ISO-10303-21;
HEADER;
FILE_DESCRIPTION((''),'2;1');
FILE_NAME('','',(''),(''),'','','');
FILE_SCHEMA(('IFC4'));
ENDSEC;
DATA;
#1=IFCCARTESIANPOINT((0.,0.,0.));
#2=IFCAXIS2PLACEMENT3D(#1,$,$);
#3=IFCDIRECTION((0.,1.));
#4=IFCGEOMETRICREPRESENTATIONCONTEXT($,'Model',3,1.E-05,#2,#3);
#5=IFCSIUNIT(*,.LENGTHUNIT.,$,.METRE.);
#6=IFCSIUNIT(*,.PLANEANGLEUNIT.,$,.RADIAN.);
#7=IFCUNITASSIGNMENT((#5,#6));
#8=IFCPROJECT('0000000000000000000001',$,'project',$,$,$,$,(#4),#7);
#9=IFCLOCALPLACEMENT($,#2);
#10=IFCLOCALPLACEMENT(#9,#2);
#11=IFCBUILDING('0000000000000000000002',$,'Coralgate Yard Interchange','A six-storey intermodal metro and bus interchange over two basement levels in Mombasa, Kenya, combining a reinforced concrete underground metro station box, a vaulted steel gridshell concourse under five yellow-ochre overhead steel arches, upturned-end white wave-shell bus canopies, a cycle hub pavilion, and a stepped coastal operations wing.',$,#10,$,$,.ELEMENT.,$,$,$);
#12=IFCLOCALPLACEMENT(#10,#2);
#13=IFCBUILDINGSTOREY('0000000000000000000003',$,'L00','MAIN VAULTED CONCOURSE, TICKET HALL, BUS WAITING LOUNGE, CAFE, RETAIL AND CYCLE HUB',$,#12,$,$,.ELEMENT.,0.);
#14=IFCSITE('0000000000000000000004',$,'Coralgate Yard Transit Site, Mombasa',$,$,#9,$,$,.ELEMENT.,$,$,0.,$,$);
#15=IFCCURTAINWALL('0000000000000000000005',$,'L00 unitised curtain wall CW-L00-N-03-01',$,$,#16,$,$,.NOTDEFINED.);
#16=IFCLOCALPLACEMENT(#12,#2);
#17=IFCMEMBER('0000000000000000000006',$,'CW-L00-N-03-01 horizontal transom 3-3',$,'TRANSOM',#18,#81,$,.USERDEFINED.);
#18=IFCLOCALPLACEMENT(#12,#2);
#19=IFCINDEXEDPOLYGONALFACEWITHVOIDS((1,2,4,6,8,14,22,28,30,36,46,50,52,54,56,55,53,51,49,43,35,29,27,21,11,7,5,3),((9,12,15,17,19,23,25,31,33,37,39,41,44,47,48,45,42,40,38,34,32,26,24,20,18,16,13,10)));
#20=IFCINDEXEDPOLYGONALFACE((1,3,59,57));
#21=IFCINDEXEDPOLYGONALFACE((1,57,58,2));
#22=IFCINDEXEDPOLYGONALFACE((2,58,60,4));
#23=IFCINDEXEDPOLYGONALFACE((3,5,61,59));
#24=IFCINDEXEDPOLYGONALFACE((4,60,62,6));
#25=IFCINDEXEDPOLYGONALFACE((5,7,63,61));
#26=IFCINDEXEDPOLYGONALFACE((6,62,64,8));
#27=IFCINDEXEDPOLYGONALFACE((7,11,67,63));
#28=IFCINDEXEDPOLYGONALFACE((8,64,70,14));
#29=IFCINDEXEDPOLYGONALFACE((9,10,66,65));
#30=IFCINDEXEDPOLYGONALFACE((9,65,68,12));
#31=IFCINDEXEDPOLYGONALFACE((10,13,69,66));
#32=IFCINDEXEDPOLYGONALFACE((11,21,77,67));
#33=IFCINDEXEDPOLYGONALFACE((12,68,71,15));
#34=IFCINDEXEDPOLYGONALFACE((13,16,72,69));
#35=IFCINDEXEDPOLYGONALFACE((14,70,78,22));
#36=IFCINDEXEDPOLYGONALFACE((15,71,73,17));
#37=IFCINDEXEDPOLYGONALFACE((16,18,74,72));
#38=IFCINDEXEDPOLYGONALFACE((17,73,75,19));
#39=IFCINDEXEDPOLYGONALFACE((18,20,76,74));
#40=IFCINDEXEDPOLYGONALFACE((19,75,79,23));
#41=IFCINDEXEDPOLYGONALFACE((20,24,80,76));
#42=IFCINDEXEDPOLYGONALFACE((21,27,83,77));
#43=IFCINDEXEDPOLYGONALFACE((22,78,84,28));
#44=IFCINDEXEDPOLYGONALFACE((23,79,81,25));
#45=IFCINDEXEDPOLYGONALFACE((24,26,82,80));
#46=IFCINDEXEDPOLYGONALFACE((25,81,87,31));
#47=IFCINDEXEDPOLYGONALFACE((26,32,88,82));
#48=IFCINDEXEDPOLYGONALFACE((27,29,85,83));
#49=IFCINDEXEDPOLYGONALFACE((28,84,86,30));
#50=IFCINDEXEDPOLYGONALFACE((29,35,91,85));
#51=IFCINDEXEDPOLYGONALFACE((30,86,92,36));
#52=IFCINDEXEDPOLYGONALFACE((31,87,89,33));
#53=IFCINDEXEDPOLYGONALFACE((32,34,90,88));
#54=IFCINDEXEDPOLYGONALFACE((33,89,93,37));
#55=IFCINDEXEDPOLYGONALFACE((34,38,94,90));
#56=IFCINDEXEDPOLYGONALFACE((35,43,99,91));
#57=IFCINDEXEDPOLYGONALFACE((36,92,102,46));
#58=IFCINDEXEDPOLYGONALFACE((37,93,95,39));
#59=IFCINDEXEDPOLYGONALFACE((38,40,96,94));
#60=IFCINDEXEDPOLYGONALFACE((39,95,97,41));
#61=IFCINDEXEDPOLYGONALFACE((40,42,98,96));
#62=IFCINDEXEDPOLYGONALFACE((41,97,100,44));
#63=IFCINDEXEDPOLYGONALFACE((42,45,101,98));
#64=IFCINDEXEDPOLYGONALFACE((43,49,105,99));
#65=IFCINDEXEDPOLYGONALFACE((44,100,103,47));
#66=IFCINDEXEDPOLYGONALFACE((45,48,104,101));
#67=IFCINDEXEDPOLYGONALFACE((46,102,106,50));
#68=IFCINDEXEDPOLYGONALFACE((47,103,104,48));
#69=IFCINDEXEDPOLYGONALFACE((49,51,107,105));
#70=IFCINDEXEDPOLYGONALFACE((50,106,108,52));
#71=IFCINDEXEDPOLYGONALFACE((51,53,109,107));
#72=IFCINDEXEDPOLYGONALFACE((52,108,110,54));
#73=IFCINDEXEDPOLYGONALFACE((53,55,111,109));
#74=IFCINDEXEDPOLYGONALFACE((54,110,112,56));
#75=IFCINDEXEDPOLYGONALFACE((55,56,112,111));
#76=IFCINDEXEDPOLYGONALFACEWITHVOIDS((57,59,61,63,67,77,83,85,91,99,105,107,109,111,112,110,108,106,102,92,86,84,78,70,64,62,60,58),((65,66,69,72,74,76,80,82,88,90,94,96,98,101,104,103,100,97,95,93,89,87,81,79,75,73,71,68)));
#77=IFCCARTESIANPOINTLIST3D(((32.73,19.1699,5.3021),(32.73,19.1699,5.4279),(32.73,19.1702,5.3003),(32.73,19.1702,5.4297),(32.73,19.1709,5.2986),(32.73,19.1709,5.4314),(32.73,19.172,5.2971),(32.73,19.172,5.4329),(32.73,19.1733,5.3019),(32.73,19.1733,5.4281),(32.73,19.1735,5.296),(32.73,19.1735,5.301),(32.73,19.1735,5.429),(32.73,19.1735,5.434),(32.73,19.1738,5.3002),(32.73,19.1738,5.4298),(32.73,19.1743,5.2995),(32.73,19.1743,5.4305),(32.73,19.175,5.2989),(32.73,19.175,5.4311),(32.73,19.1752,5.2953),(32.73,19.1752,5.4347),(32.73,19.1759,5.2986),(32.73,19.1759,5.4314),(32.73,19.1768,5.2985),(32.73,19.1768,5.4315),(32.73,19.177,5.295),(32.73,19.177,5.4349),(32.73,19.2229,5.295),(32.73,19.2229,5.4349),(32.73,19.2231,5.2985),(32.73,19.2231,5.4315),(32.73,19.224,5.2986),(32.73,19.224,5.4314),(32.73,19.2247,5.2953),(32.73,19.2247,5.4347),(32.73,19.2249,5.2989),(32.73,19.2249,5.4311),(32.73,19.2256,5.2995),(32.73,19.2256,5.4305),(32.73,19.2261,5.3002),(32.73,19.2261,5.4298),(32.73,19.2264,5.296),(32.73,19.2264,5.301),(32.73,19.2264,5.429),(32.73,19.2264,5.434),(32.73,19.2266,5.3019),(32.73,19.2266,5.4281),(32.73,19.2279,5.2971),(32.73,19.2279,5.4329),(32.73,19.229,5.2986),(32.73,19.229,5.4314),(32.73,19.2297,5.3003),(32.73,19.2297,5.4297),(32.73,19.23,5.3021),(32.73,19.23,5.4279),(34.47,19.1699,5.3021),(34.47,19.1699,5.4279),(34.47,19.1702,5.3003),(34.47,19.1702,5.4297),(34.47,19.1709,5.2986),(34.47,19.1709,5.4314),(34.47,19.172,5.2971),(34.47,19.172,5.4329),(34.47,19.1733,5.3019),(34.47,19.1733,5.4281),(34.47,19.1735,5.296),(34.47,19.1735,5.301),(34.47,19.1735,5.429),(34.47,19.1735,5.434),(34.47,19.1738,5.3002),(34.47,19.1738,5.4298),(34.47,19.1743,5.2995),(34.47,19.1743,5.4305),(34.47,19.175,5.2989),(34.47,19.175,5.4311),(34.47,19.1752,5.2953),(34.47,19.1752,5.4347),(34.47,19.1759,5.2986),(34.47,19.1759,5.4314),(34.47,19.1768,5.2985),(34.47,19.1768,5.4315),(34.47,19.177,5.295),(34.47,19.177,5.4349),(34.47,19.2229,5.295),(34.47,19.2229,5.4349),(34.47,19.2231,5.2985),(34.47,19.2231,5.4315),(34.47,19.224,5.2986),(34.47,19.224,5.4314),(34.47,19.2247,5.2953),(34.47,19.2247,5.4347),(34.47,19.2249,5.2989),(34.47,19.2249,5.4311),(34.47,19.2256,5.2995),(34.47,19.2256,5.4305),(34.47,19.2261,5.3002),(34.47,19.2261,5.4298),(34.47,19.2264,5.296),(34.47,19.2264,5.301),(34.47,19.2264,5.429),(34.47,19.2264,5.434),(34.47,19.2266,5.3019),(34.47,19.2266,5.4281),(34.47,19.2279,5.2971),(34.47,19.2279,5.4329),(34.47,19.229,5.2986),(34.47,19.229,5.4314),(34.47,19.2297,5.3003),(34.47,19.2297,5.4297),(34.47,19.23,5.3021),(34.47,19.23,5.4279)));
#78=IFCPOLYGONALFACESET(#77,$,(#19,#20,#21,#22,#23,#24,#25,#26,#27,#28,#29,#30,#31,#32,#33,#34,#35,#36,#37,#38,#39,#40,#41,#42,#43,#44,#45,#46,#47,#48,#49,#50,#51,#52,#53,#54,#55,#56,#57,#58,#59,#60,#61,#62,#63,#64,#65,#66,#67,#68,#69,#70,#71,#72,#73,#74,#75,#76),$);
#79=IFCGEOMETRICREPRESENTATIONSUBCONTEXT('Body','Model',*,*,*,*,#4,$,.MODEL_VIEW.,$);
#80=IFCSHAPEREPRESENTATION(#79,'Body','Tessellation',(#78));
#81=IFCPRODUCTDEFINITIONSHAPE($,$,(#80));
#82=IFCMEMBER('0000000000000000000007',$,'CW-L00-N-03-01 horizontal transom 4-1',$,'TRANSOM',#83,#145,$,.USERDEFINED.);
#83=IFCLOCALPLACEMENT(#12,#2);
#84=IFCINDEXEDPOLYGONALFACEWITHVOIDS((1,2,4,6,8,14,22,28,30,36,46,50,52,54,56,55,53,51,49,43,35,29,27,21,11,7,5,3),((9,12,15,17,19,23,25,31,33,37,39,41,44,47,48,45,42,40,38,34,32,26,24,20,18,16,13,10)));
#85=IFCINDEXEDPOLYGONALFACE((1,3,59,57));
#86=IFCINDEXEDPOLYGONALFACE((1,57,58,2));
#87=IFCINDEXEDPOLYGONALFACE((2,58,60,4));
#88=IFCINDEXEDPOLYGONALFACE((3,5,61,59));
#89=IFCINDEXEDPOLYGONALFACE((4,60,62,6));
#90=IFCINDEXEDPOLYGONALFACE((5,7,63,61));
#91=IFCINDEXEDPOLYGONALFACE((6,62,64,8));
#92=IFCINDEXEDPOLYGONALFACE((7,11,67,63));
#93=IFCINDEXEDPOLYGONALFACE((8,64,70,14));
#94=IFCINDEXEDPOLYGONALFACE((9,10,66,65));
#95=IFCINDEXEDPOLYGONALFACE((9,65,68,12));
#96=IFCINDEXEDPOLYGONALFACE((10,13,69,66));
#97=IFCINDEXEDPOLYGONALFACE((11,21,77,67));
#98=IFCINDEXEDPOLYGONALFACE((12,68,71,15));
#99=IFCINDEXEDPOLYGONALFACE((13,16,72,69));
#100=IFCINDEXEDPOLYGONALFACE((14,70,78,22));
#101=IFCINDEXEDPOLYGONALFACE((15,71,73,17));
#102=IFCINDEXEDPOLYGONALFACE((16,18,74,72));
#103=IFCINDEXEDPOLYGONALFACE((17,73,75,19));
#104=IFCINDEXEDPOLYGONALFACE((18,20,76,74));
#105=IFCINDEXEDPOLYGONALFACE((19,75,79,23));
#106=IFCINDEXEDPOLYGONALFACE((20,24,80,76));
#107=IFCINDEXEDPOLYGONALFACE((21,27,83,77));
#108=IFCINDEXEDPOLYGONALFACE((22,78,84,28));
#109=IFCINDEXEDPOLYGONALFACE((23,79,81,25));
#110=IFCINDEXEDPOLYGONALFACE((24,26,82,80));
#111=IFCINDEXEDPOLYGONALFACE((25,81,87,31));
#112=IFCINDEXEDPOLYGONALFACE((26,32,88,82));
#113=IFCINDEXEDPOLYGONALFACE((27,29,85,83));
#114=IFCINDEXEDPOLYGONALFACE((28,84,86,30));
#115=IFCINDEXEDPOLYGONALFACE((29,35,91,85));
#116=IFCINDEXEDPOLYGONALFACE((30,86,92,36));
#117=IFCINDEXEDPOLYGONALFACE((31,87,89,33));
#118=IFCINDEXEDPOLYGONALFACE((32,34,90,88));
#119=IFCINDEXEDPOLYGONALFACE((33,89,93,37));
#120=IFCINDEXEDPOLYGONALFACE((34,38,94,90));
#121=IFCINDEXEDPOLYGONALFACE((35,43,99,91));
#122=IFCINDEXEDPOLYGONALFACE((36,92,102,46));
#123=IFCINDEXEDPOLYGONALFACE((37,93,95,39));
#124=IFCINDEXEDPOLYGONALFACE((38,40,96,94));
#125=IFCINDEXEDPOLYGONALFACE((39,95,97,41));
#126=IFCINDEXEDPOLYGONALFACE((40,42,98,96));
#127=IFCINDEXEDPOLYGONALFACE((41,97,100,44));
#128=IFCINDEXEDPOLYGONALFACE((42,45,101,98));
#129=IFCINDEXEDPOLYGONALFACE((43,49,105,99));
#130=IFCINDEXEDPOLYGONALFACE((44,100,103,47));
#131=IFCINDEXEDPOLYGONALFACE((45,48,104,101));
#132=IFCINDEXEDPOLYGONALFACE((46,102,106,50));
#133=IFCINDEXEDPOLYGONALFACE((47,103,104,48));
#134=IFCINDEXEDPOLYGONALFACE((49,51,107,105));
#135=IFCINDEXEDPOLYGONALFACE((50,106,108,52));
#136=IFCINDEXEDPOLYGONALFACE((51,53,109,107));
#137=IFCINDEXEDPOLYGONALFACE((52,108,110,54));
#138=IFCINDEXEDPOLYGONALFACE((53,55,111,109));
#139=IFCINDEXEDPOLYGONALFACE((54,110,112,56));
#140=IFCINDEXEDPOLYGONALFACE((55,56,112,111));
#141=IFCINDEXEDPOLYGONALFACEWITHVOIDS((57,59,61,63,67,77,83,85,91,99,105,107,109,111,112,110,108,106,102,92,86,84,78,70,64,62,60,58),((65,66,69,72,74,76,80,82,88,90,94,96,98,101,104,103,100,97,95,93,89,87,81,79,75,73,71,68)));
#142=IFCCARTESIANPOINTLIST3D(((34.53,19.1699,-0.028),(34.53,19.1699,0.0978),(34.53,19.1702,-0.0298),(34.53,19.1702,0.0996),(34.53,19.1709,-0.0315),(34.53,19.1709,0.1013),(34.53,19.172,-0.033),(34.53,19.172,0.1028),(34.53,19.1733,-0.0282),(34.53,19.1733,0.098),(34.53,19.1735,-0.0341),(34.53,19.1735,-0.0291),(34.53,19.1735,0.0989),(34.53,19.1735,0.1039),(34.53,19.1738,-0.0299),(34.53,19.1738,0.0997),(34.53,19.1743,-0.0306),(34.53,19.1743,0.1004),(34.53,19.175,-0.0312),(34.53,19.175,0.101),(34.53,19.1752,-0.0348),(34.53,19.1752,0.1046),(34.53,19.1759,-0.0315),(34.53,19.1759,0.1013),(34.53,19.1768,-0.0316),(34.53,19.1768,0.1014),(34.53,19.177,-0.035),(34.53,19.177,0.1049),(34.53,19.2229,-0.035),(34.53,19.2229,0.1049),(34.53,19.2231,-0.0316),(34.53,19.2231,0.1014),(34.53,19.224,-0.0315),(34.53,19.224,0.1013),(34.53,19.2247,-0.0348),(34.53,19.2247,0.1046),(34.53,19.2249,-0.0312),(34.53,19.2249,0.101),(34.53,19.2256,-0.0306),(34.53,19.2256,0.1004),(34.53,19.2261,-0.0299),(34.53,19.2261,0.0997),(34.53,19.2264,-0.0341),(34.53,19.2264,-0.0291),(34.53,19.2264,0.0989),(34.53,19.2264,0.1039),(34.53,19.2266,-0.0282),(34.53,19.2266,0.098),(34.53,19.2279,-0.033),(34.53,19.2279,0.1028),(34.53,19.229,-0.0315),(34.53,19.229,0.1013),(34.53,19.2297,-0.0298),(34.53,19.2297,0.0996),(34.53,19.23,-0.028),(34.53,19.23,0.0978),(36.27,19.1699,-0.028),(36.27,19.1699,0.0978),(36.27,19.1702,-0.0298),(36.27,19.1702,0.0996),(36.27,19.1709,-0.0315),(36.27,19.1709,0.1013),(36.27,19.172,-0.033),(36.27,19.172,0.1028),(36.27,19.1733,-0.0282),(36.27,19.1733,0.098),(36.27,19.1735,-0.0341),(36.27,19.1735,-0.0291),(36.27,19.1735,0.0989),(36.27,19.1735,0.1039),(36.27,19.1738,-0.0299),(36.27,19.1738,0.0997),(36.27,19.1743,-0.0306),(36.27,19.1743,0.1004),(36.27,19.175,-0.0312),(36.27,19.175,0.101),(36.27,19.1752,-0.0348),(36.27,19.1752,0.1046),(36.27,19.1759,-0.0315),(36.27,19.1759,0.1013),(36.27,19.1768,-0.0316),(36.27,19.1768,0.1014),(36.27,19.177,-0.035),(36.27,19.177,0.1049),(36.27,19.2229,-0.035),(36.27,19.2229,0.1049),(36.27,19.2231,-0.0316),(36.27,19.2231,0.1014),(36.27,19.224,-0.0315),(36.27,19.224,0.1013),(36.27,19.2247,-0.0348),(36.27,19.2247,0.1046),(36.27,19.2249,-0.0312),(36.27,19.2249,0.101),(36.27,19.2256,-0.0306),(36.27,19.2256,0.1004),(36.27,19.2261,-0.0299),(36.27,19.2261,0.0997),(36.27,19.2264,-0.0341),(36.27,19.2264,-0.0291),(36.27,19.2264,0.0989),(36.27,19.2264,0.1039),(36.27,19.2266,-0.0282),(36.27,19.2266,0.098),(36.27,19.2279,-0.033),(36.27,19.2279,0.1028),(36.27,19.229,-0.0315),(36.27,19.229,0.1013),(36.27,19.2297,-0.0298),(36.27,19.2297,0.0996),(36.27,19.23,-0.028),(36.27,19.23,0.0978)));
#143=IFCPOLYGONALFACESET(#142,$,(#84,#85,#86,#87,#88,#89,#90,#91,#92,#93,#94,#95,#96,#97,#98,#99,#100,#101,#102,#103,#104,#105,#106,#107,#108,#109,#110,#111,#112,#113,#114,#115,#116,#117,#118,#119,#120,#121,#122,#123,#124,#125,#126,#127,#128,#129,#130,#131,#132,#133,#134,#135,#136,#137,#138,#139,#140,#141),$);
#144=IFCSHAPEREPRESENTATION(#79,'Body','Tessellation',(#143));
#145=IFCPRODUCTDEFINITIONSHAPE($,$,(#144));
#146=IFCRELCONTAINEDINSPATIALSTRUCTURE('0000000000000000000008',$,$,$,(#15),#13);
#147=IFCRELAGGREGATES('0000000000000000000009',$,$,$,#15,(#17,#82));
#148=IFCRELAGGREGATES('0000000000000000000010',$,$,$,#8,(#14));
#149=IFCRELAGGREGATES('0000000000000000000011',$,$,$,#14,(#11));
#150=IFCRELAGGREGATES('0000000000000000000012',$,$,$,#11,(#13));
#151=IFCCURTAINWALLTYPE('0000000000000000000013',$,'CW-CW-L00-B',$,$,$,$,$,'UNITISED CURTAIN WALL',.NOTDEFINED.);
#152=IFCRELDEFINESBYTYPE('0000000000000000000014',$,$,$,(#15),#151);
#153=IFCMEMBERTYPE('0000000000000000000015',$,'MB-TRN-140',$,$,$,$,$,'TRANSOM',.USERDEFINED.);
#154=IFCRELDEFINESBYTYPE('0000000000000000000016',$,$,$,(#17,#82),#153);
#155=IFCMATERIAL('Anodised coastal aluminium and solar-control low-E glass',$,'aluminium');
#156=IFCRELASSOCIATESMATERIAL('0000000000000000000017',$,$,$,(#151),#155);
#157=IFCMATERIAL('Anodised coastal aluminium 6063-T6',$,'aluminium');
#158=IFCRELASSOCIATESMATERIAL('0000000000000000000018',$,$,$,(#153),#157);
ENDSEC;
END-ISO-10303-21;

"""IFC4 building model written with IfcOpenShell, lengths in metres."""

from ifc_helpers import new_model, si_unit, direction, frame, origin, origin_2d, place, context, subcontext, project, spatial, hollow_rectangle, extrude, material, material_profile, profile_set, type_object, element, aggregate, save


model = new_model("IFC4")

# Units and contexts
model_context = context("Model", 3, precision=1e-05, world=origin(), true_north=direction((0.0, 1.0)))
body_context = subcontext(model_context, "Body", "Model", "MODEL_VIEW")
ifc_project = project(units=[si_unit("LENGTHUNIT", "METRE"), si_unit("PLANEANGLEUNIT", "RADIAN")], contexts=[model_context])

# Site, building, storey
site_placement = place(None, origin())
site = spatial("IfcSite", under=ifc_project, at=site_placement, Name="Coralgate Yard Transit Site, Mombasa", CompositionType="ELEMENT", RefElevation=0.0)
building_placement = place(site_placement, origin())
building = spatial("IfcBuilding", under=site, at=building_placement, Name="Coralgate Yard Interchange", Description="A six-storey intermodal metro and bus interchange over two basement levels in Mombasa, Kenya, combining a reinforced concrete underground metro station box, a vaulted steel gridshell concourse under five yellow-ochre overhead steel arches, upturned-end white wave-shell bus canopies, a cycle hub pavilion, and a stepped coastal operations wing.", CompositionType="ELEMENT")
storey_placement = place(building_placement, origin())
storey = spatial("IfcBuildingStorey", under=building, at=storey_placement, Name="L00", Description="MAIN VAULTED CONCOURSE, TICKET HALL, BUS WAITING LOUNGE, CAFE, RETAIL AND CYCLE HUB", CompositionType="ELEMENT", Elevation=0.0)

# Curtain wall, members
ifc_material_1 = material(Name="Anodised coastal aluminium and solar-control low-E glass", Category="aluminium")
curtain_wall_type = type_object("IfcCurtainWallType", Name="CW-CW-L00-B", ElementType="UNITISED CURTAIN WALL", PredefinedType="NOTDEFINED", material=ifc_material_1)
curtain_wall_placement = place(storey_placement, origin())
curtain_wall = element("IfcCurtainWall", 1, at=curtain_wall_placement, inside=storey, type_object=curtain_wall_type, Name="L00 unitised curtain wall CW-L00-N-03-01", PredefinedType="NOTDEFINED")
ifc_material_2 = material(Name="Anodised coastal aluminium 6063-T6", Category="aluminium")
ifc_material_profile_1 = material_profile(ifc_material_2, hollow_rectangle(XDim=0.0601, YDim=0.1399, WallThickness=0.0034, InnerFilletRadius=0.0034, OuterFilletRadius=0.0071, at=origin_2d()), Name="ALU 60x140x3.5")
ifc_profile_set_1 = profile_set([ifc_material_profile_1], Name="Anodised coastal aluminium 6063-T6")
member_type_1 = type_object("IfcMemberType", Name="MB-TRN-140", ElementType="TRANSOM", PredefinedType="USERDEFINED", material=ifc_profile_set_1)
member_1_placement = place(storey_placement, frame((32.73, 19.2, 5.365), z_axis=(1.0, 0.0, 0.0), x_axis=(0.0, 1.0, 0.0)))
member_1 = element("IfcMember", 2, at=member_1_placement, type_object=member_type_1, Name="CW-L00-N-03-01 horizontal transom 3-3", ObjectType="TRANSOM", PredefinedType="USERDEFINED", context=body_context, shape_type="SweptSolid", body=[
    extrude(hollow_rectangle(XDim=0.0601, YDim=0.1399, WallThickness=0.0034, InnerFilletRadius=0.0034, OuterFilletRadius=0.0071, at=origin_2d()), origin(), (0.0, 0.0, 1.0), 1.74),
])
member_2_placement = place(storey_placement, frame((34.53, 19.2, 0.0349), z_axis=(1.0, 0.0, 0.0), x_axis=(0.0, 1.0, 0.0)))
member_2 = element("IfcMember", 3, at=member_2_placement, type_object=member_type_1, Name="CW-L00-N-03-01 horizontal transom 4-1", ObjectType="TRANSOM", PredefinedType="USERDEFINED", context=body_context, shape_type="SweptSolid", body=[
    extrude(hollow_rectangle(XDim=0.0601, YDim=0.1399, WallThickness=0.0034, InnerFilletRadius=0.0034, OuterFilletRadius=0.0071, at=origin_2d()), origin(), (0.0, 0.0, 1.0), 1.74),
])
aggregate(curtain_wall, [member_1, member_2])

save(model, "model.ifc")
